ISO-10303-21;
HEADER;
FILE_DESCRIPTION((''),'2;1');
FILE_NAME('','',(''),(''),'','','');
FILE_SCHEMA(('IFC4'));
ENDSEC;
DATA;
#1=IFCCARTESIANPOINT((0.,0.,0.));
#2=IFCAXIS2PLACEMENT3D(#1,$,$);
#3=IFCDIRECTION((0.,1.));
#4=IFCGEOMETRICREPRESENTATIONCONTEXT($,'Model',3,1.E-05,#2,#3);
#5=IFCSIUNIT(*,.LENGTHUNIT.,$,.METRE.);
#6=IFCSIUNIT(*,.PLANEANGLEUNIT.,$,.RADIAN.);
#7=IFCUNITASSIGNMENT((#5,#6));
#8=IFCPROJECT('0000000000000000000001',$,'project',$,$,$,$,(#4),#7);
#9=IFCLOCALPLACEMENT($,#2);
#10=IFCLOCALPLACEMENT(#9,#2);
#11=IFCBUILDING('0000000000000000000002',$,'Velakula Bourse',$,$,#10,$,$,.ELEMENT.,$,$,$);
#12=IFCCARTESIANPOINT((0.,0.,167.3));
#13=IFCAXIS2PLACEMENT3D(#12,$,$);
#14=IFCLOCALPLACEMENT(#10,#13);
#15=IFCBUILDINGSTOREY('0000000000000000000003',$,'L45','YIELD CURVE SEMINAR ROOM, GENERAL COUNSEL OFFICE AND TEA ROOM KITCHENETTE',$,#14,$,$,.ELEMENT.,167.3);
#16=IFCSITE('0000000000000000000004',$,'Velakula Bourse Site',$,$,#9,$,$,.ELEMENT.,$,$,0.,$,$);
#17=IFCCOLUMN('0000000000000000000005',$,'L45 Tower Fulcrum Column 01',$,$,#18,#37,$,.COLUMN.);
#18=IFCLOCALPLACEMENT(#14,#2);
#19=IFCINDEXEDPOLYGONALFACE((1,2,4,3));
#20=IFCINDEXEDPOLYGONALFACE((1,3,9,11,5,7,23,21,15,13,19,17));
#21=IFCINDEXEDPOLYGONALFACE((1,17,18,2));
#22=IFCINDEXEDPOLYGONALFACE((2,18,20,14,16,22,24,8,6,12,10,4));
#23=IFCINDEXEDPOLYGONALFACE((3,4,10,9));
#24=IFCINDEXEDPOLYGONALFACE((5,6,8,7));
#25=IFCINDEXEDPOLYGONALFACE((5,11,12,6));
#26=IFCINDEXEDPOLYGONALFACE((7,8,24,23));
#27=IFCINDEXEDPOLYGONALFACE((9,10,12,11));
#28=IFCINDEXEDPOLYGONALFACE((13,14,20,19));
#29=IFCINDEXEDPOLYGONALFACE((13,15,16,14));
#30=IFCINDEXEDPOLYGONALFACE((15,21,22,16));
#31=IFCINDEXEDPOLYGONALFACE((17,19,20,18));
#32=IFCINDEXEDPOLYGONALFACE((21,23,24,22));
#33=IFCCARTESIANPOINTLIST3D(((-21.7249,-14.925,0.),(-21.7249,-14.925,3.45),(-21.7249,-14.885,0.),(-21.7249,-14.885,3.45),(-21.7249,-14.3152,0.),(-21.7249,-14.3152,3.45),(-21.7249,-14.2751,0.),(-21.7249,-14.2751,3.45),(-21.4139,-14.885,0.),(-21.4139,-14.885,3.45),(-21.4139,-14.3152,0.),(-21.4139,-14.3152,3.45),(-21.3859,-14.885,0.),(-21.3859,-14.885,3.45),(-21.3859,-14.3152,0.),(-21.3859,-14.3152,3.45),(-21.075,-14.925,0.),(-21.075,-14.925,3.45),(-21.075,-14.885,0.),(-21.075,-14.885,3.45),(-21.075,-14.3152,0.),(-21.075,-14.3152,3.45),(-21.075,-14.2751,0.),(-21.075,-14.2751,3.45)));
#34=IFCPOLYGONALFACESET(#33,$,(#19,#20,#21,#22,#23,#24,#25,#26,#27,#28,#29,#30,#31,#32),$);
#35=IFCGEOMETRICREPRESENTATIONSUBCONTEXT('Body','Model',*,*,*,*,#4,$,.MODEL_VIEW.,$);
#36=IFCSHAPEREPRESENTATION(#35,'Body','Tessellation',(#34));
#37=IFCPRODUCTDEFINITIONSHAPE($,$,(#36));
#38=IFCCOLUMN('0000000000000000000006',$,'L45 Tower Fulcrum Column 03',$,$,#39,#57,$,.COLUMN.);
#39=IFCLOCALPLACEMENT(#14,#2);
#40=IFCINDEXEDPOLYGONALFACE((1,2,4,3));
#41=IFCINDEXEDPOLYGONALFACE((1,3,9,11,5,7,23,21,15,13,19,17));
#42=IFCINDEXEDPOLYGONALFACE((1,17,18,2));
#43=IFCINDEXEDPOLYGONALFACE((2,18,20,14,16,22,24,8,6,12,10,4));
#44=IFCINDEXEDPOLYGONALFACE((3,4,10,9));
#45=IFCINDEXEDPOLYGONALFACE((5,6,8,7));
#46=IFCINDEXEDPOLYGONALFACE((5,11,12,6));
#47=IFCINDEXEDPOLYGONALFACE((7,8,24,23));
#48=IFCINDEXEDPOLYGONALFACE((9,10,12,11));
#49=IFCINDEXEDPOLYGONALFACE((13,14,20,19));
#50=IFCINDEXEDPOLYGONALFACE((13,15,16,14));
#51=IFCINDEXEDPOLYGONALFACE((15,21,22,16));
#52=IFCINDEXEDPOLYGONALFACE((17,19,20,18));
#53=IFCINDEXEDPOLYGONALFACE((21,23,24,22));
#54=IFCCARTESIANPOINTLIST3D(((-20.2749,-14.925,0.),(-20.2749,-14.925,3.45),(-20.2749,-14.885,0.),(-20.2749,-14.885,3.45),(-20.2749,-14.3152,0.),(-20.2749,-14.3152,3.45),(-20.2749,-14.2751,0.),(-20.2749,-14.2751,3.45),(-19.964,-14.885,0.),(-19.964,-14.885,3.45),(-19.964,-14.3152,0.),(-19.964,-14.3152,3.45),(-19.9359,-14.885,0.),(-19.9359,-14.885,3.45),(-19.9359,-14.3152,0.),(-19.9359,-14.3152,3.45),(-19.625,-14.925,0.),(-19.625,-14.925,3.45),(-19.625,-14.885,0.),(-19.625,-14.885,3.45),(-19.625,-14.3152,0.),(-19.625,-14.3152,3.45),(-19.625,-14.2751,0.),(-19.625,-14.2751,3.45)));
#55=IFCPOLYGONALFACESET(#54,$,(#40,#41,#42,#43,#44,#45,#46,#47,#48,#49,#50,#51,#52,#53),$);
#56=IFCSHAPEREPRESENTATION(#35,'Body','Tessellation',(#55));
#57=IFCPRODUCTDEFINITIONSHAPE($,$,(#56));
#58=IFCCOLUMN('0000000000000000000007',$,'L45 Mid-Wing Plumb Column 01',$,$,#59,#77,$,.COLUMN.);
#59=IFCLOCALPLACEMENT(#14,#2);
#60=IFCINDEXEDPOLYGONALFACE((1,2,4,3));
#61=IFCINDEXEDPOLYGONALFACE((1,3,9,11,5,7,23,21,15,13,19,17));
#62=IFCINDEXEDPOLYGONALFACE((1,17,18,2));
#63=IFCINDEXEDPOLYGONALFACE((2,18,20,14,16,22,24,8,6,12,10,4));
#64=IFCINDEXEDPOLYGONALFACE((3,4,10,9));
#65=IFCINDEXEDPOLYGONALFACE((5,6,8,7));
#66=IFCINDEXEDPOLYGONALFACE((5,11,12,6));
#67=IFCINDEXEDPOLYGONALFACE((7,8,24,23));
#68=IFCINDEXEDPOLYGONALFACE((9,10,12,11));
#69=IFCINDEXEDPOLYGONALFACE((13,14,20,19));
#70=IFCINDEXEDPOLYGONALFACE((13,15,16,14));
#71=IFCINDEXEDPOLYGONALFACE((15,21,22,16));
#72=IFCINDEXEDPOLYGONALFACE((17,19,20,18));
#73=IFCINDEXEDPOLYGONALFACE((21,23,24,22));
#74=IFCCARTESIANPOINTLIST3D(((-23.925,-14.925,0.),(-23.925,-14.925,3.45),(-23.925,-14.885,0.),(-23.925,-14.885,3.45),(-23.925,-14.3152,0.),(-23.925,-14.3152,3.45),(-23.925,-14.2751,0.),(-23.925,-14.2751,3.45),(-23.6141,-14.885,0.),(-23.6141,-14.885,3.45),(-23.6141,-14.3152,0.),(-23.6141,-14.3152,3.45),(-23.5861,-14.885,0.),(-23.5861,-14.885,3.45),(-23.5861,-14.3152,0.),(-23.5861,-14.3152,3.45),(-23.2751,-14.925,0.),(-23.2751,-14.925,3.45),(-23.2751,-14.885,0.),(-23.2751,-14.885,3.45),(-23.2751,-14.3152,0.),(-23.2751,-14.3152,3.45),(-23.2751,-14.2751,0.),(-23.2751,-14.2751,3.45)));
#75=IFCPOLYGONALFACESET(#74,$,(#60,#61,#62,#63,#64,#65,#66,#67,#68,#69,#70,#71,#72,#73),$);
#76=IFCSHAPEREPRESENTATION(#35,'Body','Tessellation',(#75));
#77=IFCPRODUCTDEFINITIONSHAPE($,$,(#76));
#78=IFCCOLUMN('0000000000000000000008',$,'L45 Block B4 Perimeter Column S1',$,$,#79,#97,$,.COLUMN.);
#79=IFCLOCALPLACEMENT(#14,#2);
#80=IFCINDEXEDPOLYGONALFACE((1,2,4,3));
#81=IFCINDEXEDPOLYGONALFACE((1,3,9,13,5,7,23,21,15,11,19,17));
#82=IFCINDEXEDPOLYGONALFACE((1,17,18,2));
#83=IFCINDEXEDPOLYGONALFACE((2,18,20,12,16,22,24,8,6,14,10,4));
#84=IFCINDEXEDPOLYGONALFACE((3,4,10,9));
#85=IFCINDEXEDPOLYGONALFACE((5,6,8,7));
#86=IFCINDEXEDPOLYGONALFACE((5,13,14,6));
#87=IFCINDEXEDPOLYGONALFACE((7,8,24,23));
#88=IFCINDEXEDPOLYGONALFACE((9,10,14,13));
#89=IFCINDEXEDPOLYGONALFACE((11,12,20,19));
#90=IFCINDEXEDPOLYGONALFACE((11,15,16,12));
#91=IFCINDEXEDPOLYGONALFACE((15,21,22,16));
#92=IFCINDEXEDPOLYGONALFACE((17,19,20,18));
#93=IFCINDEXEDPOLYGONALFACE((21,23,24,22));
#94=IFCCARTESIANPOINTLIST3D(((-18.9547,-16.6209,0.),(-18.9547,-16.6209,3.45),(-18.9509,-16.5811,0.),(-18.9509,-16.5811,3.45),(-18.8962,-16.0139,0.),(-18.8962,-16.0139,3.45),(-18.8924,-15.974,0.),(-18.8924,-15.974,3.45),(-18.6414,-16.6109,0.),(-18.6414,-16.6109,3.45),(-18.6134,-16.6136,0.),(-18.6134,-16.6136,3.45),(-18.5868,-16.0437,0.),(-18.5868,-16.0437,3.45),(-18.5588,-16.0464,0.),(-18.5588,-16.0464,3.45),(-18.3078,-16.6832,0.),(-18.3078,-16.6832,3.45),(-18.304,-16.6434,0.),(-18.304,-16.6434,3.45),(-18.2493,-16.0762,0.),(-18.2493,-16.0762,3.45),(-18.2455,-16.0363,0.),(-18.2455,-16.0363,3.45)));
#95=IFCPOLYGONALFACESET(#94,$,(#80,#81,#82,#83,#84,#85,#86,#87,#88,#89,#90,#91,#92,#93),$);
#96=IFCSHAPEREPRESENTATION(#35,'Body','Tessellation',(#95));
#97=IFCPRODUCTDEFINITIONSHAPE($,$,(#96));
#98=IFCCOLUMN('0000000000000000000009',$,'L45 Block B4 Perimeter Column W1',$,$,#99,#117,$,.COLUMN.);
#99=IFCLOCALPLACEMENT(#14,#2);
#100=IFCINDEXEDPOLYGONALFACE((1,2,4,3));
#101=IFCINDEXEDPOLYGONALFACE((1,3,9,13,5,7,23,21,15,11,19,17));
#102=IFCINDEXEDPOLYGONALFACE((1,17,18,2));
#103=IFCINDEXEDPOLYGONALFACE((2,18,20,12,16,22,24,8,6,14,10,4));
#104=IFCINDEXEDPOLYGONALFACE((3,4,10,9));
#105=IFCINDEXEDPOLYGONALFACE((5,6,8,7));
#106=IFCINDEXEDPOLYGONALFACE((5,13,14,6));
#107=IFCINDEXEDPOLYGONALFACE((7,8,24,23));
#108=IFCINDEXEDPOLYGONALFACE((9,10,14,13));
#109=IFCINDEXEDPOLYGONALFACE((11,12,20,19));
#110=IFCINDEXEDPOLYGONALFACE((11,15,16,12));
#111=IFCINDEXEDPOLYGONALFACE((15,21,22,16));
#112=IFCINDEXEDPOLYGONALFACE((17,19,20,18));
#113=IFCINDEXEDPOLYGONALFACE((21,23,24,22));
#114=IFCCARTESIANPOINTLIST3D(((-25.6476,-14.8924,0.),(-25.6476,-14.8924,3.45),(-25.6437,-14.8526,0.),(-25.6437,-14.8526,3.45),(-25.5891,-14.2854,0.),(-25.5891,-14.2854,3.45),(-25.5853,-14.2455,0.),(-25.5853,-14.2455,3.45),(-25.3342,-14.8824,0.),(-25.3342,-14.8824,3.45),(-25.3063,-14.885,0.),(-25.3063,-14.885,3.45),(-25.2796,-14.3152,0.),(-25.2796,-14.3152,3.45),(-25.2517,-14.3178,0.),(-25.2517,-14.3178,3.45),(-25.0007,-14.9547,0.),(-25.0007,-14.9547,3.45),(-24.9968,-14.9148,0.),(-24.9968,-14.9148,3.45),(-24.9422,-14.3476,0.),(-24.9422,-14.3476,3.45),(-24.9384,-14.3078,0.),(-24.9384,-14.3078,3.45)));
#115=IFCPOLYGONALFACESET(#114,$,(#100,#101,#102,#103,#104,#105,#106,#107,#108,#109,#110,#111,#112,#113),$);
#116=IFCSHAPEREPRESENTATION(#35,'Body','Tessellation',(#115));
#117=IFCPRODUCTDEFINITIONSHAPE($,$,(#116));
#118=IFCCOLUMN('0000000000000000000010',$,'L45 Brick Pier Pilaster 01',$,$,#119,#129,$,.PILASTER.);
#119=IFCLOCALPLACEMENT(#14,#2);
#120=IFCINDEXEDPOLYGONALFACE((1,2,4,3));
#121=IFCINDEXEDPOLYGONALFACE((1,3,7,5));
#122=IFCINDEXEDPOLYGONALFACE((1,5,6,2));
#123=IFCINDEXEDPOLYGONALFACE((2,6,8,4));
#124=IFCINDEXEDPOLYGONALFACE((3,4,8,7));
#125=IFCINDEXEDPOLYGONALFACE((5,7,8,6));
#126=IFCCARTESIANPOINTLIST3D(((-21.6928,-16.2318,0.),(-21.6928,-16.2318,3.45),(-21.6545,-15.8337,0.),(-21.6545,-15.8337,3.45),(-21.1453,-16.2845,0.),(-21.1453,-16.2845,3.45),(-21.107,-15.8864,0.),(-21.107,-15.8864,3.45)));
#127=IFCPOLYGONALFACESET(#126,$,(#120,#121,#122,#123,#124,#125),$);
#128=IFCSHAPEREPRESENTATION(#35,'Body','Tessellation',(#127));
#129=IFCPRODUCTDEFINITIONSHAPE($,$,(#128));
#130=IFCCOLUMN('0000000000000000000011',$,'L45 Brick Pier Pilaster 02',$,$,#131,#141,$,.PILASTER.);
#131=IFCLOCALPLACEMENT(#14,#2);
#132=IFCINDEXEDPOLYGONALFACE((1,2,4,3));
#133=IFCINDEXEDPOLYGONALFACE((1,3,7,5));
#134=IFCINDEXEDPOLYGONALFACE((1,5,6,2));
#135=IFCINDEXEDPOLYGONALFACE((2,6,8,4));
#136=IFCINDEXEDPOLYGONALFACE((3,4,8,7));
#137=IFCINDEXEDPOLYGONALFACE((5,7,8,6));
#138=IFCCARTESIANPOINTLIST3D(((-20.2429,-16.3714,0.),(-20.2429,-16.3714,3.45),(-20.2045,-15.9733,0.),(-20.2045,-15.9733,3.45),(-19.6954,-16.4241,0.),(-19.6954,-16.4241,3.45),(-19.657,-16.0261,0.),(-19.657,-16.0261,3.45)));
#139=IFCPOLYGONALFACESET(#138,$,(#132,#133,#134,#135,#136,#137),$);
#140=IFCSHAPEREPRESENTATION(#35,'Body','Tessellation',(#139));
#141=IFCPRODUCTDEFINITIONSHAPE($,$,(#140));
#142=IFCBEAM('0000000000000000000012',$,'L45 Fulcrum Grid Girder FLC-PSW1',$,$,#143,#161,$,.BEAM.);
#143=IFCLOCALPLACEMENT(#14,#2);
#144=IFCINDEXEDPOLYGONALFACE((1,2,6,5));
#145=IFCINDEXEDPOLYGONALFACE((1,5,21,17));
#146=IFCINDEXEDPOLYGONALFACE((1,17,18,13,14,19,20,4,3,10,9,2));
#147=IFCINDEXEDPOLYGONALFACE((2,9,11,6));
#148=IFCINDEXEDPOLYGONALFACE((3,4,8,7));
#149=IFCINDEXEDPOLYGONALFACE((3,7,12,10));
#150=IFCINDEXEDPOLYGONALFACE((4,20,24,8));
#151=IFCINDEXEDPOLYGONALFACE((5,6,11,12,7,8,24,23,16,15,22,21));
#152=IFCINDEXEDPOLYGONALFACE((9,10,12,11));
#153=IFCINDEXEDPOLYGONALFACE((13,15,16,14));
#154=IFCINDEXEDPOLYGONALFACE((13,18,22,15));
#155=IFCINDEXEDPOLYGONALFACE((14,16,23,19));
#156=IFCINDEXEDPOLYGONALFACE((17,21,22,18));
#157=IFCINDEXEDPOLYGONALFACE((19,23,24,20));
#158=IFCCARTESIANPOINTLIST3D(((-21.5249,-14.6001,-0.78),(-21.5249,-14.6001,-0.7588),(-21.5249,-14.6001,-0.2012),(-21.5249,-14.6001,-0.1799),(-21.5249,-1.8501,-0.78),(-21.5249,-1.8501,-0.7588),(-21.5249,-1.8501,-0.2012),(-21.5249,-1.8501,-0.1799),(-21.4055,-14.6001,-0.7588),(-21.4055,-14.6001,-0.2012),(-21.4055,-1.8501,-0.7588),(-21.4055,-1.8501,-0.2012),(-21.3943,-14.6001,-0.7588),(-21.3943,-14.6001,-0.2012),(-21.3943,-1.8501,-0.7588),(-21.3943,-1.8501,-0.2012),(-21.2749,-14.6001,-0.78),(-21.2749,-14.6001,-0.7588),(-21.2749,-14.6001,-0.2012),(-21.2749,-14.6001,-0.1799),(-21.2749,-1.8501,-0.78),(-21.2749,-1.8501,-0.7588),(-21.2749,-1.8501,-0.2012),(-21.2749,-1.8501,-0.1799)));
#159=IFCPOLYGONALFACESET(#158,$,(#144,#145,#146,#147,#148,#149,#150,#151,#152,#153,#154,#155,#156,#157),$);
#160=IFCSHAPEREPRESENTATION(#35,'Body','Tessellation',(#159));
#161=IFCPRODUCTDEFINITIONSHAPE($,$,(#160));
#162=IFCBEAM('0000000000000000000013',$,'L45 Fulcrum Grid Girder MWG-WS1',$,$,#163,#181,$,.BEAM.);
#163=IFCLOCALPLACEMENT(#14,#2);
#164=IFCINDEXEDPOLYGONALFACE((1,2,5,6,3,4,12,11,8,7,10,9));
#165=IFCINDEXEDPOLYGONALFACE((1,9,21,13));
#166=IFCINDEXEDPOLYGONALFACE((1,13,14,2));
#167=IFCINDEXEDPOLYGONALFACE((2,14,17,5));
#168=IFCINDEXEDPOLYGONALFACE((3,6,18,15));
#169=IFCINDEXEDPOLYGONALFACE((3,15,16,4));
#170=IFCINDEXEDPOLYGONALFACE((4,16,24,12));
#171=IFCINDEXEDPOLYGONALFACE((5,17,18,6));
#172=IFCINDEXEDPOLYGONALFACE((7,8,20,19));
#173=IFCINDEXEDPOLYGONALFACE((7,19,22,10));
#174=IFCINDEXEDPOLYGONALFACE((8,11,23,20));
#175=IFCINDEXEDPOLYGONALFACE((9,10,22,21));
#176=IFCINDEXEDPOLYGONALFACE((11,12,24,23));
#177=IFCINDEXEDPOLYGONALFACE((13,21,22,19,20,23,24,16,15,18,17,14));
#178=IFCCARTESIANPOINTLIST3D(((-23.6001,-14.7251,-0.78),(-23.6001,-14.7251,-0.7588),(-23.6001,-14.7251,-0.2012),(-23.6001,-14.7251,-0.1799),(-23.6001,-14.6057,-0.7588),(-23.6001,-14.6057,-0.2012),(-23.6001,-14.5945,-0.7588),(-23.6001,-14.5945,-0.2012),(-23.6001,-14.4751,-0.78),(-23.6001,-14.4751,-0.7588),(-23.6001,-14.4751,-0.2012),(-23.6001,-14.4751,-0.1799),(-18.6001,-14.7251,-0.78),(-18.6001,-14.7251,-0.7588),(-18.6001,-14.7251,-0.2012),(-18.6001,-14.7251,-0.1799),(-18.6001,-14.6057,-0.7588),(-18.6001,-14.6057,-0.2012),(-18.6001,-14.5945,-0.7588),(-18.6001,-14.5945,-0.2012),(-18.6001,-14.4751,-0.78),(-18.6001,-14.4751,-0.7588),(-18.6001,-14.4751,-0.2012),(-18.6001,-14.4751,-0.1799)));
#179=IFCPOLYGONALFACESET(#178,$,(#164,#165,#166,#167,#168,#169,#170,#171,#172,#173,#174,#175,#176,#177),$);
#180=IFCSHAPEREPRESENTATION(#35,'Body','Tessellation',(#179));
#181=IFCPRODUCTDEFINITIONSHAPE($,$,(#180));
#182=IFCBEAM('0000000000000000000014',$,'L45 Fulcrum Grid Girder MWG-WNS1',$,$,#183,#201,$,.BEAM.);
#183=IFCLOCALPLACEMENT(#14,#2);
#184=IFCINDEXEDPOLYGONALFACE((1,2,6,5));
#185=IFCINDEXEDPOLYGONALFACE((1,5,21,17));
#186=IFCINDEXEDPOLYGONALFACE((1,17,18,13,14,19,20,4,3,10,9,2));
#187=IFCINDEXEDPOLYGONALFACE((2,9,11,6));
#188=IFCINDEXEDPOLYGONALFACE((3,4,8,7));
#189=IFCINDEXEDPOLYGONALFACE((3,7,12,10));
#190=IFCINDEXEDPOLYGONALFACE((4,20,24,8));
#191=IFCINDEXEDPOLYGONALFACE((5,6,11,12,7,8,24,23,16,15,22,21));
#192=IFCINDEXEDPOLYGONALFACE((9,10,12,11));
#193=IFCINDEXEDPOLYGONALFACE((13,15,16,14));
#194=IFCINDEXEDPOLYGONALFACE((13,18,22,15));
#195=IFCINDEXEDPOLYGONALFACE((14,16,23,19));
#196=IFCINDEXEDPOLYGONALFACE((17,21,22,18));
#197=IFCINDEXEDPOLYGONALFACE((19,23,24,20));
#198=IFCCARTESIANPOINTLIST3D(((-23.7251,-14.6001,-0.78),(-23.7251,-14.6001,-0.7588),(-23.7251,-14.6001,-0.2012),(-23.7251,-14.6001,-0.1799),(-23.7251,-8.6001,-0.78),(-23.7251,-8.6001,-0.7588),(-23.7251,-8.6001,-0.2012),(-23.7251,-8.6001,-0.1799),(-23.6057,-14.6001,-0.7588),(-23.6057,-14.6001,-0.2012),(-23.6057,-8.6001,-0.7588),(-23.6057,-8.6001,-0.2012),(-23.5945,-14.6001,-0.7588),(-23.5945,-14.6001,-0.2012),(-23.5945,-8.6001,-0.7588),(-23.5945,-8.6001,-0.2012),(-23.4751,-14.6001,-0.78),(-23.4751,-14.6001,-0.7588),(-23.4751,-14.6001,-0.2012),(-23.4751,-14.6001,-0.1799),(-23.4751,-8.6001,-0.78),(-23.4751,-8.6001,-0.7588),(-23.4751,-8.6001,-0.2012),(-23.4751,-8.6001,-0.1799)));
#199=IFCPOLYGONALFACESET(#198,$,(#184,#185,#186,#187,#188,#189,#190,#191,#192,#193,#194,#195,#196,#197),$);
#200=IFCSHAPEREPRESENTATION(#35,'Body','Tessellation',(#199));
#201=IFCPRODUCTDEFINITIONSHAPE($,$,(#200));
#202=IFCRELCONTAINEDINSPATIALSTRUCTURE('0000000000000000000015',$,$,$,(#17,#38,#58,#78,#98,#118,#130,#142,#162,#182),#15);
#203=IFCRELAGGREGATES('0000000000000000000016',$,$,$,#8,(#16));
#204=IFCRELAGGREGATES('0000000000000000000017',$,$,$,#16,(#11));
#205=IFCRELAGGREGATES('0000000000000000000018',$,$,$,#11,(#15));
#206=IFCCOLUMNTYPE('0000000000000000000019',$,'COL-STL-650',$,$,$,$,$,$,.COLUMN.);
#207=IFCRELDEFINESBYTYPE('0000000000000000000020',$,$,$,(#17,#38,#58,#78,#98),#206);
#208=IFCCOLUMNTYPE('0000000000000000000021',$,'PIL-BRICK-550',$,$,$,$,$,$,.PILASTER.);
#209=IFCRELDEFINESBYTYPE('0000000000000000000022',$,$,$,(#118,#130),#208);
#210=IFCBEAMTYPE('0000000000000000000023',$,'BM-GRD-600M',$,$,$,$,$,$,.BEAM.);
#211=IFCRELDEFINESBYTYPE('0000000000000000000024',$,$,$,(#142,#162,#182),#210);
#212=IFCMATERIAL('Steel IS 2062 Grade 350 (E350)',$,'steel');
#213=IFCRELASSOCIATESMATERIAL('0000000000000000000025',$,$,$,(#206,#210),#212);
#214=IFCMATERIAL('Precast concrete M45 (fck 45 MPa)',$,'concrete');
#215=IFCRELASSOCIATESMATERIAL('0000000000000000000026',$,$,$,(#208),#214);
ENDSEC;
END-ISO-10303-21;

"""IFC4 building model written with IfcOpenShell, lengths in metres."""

from ifc_helpers import new_model, si_unit, direction, frame, origin, origin_2d, place, context, subcontext, project, spatial, rectangle, i_section, extrude, material, material_profile, profile_set, type_object, element, save


model = new_model("IFC4")

# Units and contexts
model_context = context("Model", 3, precision=1e-05, world=origin(), true_north=direction((0.0, 1.0)))
body_context = subcontext(model_context, "Body", "Model", "MODEL_VIEW")
ifc_project = project(units=[si_unit("LENGTHUNIT", "METRE"), si_unit("PLANEANGLEUNIT", "RADIAN")], contexts=[model_context])

# Site, building, storey
site_placement = place(None, origin())
site = spatial("IfcSite", under=ifc_project, at=site_placement, Name="Velakula Bourse Site", CompositionType="ELEMENT", RefElevation=0.0)
building_placement = place(site_placement, origin())
building = spatial("IfcBuilding", under=site, at=building_placement, Name="Velakula Bourse", CompositionType="ELEMENT")
storey_placement = place(building_placement, frame((0.0, 0.0, 167.3)))
storey = spatial("IfcBuildingStorey", under=building, at=storey_placement, Name="L45", Description="YIELD CURVE SEMINAR ROOM, GENERAL COUNSEL OFFICE AND TEA ROOM KITCHENETTE", CompositionType="ELEMENT", Elevation=167.3)

# Columns
ifc_material_1 = material(Name="Steel IS 2062 Grade 350 (E350)", Category="steel")
ifc_material_profile_1 = material_profile(ifc_material_1, i_section(OverallWidth=0.6499, OverallDepth=0.6499, WebThickness=0.0281, FlangeThickness=0.04, at=origin_2d()), Name="Steel IS 2062 Grade 350 (E350)")
ifc_profile_set_1 = profile_set([ifc_material_profile_1], Name="Steel IS 2062 Grade 350 (E350)")
column_type_1 = type_object("IfcColumnType", Name="COL-STL-650", PredefinedType="COLUMN", material=ifc_profile_set_1)
for number, where, z_axis, x_axis, name in (
    (1, (-21.3999, -14.6001, 0.0), (0.0, 0.0, 1.0), (1.0, 0.0, 0.0), "L45 Tower Fulcrum Column 01"),
    (2, (-19.95, -14.6001, 0.0), (0.0, 0.0, 1.0), (1.0, 0.0, 0.0), "L45 Tower Fulcrum Column 03"),
    (3, (-23.6001, -14.6001, 0.0), (0.0, 0.0, 1.0), (1.0, 0.0, 0.0), "L45 Mid-Wing Plumb Column 01"),
    (4, (-18.6001, -16.3286, 0.0), (0.0, 0.0, 1.0), (0.995396, -0.095846, 0.0), "L45 Block B4 Perimeter Column S1"),
    (5, (-25.293, -14.6001, 0.0), (0.0, 0.0, 1.0), (0.995396, -0.095846, 0.0), "L45 Block B4 Perimeter Column W1"),
):
    element("IfcColumn", number, at=place(storey_placement, frame(where, z_axis=z_axis, x_axis=x_axis)), inside=storey, type_object=column_type_1, Name=name, PredefinedType="COLUMN", context=body_context, shape_type="SweptSolid", body=[
        extrude(i_section(OverallWidth=0.6499, OverallDepth=0.6499, WebThickness=0.0281, FlangeThickness=0.04, at=origin_2d()), origin(), (0.0, 0.0, 1.0), 3.45),
    ])
ifc_material_2 = material(Name="Precast concrete M45 (fck 45 MPa)", Category="concrete")
ifc_material_profile_2 = material_profile(ifc_material_2, rectangle(XDim=0.55, YDim=0.3999, at=origin_2d()), Name="Precast concrete M45 (fck 45 MPa)")
ifc_profile_set_2 = profile_set([ifc_material_profile_2], Name="Precast concrete M45 (fck 45 MPa)")
column_type_2 = type_object("IfcColumnType", Name="PIL-BRICK-550", PredefinedType="PILASTER", material=ifc_profile_set_2)
for number, where, z_axis, x_axis, name in (
    (6, (-21.3999, -16.0591, 0.0), (0.0, 0.0, 1.0), (0.995396, -0.095846, 0.0), "L45 Brick Pier Pilaster 01"),
    (7, (-19.95, -16.1987, 0.0), (0.0, 0.0, 1.0), (0.995396, -0.095846, 0.0), "L45 Brick Pier Pilaster 02"),
):
    element("IfcColumn", number, at=place(storey_placement, frame(where, z_axis=z_axis, x_axis=x_axis)), inside=storey, type_object=column_type_2, Name=name, PredefinedType="PILASTER", context=body_context, shape_type="SweptSolid", body=[
        extrude(rectangle(XDim=0.55, YDim=0.3999, at=origin_2d()), origin(), (0.0, 0.0, 1.0), 3.45),
    ])

# Beams
ifc_material_profile_3 = material_profile(ifc_material_1, i_section(OverallWidth=0.25, OverallDepth=0.6001, WebThickness=0.0112, FlangeThickness=0.0212, at=origin_2d()), Name="Steel IS 2062 Grade 350 (E350)")
ifc_profile_set_3 = profile_set([ifc_material_profile_3], Name="Steel IS 2062 Grade 350 (E350)")
beam_type_1 = type_object("IfcBeamType", Name="BM-GRD-600M", PredefinedType="BEAM", material=ifc_profile_set_3)
beam_1_placement = place(storey_placement, frame((-21.3999, -14.6001, -0.48), z_axis=(0.0, 1.0, 0.0), x_axis=(-1.0, 0.0, 0.0)))
element("IfcBeam", 8, at=beam_1_placement, inside=storey, type_object=beam_type_1, Name="L45 Fulcrum Grid Girder FLC-PSW1", PredefinedType="BEAM", context=body_context, shape_type="SweptSolid", body=[
    extrude(i_section(OverallWidth=0.25, OverallDepth=0.6001, WebThickness=0.0112, FlangeThickness=0.0212, at=origin_2d()), origin(), (0.0, 0.0, 1.0), 12.75),
])
beam_2_placement = place(storey_placement, frame((-23.6001, -14.6001, -0.48), z_axis=(1.0, 0.0, 0.0), x_axis=(0.0, 1.0, 0.0)))
element("IfcBeam", 9, at=beam_2_placement, inside=storey, type_object=beam_type_1, Name="L45 Fulcrum Grid Girder MWG-WS1", PredefinedType="BEAM", context=body_context, shape_type="SweptSolid", body=[
    extrude(i_section(OverallWidth=0.25, OverallDepth=0.6001, WebThickness=0.0112, FlangeThickness=0.0212, at=origin_2d()), origin(), (0.0, 0.0, 1.0), 5.0),
])
beam_3_placement = place(storey_placement, frame((-23.6001, -14.6001, -0.48), z_axis=(0.0, 1.0, 0.0), x_axis=(-1.0, 0.0, 0.0)))
element("IfcBeam", 10, at=beam_3_placement, inside=storey, type_object=beam_type_1, Name="L45 Fulcrum Grid Girder MWG-WNS1", PredefinedType="BEAM", context=body_context, shape_type="SweptSolid", body=[
    extrude(i_section(OverallWidth=0.25, OverallDepth=0.6001, WebThickness=0.0112, FlangeThickness=0.0212, at=origin_2d()), origin(), (0.0, 0.0, 1.0), 6.0),
])

save(model, "model.ifc")
